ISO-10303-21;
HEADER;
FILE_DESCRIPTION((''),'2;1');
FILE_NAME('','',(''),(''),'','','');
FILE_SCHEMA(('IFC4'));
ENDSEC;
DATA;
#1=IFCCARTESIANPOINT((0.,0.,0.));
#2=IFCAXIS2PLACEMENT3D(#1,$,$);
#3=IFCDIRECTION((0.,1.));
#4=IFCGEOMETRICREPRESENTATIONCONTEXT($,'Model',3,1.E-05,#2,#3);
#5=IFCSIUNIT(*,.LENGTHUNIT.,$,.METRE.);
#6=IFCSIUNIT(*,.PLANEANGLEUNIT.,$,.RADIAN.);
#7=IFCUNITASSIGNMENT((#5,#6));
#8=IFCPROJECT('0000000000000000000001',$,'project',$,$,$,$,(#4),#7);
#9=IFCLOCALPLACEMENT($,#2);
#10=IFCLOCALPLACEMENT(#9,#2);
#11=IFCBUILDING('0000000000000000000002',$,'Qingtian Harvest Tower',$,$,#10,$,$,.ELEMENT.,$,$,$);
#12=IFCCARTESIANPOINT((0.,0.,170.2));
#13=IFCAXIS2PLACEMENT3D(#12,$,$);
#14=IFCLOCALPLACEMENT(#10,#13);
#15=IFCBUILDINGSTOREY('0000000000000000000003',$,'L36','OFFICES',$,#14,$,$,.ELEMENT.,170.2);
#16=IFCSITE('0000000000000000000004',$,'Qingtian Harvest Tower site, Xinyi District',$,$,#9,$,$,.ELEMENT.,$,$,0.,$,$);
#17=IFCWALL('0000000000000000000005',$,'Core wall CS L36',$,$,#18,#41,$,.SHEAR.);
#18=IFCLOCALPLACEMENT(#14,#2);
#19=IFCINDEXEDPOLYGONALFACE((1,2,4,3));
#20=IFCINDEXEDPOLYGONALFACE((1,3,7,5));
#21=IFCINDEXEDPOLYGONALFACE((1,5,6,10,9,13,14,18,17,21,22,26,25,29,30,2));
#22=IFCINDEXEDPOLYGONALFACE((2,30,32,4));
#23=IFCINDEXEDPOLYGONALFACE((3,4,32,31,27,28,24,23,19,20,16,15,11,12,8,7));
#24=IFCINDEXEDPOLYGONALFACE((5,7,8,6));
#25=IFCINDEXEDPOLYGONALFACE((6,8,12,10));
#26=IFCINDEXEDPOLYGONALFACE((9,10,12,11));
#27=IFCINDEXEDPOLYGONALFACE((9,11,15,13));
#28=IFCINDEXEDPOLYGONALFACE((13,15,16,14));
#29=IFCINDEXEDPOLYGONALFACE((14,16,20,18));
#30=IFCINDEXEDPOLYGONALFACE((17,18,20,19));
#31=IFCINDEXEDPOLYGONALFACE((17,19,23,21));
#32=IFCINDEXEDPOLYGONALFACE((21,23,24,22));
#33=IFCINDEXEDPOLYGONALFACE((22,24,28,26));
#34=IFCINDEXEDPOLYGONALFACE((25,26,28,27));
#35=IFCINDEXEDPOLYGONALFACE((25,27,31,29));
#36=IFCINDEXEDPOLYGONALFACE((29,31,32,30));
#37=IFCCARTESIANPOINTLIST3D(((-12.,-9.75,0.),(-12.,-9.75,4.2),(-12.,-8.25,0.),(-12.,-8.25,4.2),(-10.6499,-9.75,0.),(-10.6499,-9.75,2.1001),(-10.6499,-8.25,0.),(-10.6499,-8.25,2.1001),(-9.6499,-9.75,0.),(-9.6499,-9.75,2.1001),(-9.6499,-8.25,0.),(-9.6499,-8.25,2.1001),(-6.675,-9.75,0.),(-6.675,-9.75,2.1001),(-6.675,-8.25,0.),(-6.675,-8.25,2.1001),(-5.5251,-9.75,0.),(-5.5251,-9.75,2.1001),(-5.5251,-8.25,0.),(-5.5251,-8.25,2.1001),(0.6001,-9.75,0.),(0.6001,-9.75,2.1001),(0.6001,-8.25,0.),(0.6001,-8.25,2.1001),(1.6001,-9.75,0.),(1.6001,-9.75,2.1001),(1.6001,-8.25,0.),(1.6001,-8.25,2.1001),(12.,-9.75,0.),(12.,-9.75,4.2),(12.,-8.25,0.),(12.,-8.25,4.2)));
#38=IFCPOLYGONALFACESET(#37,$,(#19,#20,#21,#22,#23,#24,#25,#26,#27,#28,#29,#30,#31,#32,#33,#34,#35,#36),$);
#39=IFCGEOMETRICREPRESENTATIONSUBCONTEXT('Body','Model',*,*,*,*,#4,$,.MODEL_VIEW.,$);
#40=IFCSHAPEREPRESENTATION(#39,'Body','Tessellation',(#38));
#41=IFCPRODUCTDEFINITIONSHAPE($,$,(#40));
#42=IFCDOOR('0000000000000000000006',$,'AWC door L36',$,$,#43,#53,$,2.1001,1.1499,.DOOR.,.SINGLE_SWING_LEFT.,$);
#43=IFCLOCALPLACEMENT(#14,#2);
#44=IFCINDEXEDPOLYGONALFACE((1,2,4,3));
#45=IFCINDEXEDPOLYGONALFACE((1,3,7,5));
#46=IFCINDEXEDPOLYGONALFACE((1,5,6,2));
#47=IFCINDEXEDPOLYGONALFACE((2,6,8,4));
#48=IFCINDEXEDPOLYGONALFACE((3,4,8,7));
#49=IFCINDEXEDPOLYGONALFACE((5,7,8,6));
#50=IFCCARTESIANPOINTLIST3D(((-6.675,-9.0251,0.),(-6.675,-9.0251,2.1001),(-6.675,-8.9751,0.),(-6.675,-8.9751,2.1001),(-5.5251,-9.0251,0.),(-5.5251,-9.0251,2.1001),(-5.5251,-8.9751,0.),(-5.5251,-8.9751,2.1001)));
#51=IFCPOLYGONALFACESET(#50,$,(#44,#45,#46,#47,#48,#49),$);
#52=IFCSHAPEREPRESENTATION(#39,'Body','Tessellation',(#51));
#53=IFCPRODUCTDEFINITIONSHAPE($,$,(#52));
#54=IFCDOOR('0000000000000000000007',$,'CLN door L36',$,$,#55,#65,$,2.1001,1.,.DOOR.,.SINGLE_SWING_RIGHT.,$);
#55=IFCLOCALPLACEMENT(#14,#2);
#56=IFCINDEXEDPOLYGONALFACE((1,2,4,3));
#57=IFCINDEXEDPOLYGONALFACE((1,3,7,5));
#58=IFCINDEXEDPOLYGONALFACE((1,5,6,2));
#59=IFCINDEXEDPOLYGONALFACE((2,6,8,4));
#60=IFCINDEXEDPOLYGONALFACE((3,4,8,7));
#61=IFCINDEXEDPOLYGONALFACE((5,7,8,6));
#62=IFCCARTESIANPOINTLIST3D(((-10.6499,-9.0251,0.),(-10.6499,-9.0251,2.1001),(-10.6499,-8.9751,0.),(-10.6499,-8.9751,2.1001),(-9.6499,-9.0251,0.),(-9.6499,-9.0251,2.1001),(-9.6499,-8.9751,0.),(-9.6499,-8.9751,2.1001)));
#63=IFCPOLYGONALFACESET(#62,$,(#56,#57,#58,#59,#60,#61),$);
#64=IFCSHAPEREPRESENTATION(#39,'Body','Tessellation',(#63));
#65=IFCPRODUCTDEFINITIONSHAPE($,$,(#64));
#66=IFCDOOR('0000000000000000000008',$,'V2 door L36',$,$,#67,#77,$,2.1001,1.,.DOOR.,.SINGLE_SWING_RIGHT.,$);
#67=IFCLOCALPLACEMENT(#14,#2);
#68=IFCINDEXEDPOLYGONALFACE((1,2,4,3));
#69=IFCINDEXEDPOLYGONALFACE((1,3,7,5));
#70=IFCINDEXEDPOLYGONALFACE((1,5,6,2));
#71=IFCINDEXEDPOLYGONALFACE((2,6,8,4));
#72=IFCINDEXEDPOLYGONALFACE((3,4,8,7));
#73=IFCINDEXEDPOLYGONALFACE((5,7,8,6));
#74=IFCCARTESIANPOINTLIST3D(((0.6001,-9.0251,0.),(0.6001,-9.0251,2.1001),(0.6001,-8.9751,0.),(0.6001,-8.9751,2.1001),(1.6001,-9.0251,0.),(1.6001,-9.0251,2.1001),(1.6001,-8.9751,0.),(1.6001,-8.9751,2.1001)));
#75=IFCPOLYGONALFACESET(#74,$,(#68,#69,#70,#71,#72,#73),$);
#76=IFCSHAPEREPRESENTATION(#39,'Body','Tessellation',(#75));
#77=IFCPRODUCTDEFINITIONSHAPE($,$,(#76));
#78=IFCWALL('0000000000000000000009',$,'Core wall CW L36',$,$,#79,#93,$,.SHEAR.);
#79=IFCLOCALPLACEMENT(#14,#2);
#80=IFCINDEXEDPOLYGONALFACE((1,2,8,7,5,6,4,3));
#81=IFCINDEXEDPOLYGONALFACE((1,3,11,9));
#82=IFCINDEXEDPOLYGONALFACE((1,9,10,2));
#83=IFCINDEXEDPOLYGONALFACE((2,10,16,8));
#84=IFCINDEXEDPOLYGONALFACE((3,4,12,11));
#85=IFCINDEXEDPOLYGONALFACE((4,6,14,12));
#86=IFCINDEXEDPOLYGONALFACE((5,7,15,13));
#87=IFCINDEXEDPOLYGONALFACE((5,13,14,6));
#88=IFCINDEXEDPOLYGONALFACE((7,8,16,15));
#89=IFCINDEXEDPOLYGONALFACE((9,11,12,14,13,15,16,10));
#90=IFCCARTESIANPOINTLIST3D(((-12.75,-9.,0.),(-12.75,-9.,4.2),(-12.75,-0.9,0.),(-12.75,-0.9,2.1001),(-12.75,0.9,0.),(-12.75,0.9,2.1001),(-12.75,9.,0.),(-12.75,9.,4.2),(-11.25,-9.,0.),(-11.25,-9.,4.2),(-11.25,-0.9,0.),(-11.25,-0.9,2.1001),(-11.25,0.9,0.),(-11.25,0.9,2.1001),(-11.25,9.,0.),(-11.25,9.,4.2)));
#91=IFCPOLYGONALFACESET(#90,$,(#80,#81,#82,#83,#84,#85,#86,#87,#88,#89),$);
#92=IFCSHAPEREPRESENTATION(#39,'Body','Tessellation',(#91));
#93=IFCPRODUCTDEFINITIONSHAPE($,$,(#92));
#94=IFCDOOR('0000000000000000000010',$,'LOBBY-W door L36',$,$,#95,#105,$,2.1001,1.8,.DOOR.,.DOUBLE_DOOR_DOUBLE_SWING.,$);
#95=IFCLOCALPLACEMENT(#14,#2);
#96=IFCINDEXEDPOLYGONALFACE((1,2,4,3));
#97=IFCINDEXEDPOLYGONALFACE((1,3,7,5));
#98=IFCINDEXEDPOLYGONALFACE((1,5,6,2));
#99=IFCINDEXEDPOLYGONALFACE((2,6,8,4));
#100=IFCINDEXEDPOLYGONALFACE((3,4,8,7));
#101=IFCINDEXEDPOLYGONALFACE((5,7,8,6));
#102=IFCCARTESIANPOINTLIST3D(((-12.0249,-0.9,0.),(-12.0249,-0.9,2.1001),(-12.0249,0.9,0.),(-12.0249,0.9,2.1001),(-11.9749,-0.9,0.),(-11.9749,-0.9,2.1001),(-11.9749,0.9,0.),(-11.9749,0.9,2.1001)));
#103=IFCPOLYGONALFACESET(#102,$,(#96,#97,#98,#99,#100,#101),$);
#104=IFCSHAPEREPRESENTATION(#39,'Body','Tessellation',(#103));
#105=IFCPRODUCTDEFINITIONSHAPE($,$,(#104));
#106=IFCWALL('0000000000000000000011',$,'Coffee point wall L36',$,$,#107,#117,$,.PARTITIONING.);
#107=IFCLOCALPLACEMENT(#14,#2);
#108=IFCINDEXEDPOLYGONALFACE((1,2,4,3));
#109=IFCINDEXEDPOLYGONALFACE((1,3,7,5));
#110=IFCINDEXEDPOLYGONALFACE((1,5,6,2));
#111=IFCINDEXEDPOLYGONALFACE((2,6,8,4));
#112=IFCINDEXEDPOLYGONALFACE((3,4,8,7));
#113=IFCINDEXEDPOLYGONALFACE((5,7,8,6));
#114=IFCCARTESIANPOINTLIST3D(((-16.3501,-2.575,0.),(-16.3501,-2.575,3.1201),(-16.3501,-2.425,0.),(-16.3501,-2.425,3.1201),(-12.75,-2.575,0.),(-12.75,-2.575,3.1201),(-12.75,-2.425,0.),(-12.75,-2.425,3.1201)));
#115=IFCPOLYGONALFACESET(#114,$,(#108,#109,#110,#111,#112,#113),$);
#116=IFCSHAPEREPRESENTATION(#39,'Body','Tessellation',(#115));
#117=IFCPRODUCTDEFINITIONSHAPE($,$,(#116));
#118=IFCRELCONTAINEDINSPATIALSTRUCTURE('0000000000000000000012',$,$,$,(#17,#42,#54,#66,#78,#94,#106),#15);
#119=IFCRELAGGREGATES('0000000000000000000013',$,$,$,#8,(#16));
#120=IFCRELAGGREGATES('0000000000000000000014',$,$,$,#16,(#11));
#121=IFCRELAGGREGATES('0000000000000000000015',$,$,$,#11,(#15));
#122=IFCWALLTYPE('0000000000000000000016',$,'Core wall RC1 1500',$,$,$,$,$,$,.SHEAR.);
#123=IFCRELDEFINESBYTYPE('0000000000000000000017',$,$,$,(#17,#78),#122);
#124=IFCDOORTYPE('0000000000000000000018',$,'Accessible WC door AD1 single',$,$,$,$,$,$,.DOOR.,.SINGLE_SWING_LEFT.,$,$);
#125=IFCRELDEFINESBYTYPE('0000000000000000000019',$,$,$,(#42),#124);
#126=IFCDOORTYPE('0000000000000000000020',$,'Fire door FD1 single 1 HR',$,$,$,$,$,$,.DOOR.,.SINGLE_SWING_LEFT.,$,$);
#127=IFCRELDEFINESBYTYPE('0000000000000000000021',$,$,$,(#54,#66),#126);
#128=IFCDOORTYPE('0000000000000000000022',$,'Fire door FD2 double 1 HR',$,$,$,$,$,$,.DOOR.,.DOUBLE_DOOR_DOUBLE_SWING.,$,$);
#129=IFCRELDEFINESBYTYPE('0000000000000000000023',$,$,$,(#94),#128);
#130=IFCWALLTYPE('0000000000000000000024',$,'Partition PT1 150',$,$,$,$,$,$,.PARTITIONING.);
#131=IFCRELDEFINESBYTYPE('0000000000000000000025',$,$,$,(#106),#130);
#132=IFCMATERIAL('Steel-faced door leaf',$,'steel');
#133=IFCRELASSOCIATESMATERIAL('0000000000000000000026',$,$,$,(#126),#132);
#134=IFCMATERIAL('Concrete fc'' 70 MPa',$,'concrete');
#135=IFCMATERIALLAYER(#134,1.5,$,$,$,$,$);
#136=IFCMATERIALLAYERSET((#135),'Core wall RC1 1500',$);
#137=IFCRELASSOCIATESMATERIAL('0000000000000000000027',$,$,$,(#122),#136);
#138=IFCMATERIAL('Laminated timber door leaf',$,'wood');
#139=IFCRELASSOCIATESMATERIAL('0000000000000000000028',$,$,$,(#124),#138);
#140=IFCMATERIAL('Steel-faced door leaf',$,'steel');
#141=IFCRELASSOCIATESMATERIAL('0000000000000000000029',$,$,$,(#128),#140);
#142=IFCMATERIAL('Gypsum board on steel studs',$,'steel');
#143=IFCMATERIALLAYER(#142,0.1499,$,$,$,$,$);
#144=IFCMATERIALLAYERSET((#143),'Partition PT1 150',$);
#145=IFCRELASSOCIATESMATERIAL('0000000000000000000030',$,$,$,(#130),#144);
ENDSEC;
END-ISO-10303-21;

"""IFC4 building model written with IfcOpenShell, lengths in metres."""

from ifc_helpers import new_model, si_unit, direction, frame, frame_2d, origin, place, context, subcontext, project, spatial, rectangle, extrude, material, layer, layer_set, type_object, element, fill, save


model = new_model("IFC4")

# Units and contexts
model_context = context("Model", 3, precision=1e-05, world=origin(), true_north=direction((0.0, 1.0)))
body_context = subcontext(model_context, "Body", "Model", "MODEL_VIEW")
ifc_project = project(units=[si_unit("LENGTHUNIT", "METRE"), si_unit("PLANEANGLEUNIT", "RADIAN")], contexts=[model_context])

# Site, building, storey
site_placement = place(None, origin())
site = spatial("IfcSite", under=ifc_project, at=site_placement, Name="Qingtian Harvest Tower site, Xinyi District", CompositionType="ELEMENT", RefElevation=0.0)
building_placement = place(site_placement, origin())
building = spatial("IfcBuilding", under=site, at=building_placement, Name="Qingtian Harvest Tower", CompositionType="ELEMENT")
storey_placement = place(building_placement, frame((0.0, 0.0, 170.2)))
storey = spatial("IfcBuildingStorey", under=building, at=storey_placement, Name="L36", Description="OFFICES", CompositionType="ELEMENT", Elevation=170.2)

# Shared definitions
ifc_material_1 = material(Name="Steel-faced door leaf", Category="steel")
door_type_1 = type_object("IfcDoorType", Name="Fire door FD1 single 1 HR", OperationType="SINGLE_SWING_LEFT", PredefinedType="DOOR", material=ifc_material_1)

# Wall, openings, doors
ifc_material_2 = material(Name="Concrete fc' 70 MPa", Category="concrete")
ifc_layer_1 = layer(ifc_material_2, 1.5)
ifc_layer_set_1 = layer_set([ifc_layer_1], Name="Core wall RC1 1500")
wall_type_1 = type_object("IfcWallType", Name="Core wall RC1 1500", PredefinedType="SHEAR", material=ifc_layer_set_1)
wall_1_placement = place(storey_placement, frame((-12.0, -9.0, 0.0), z_axis=(0.0, 0.0, 1.0), x_axis=(1.0, 0.0, 0.0)))
wall_1 = element("IfcWall", 1, at=wall_1_placement, inside=storey, type_object=wall_type_1, Name="Core wall CS L36", PredefinedType="SHEAR", context=body_context, shape_type="SweptSolid", body=[
    extrude(rectangle(XDim=24.0, YDim=1.5, at=frame_2d((12.0, 0.0))), origin(), (0.0, 0.0, 1.0), 4.2),
])
opening_1_placement = place(wall_1_placement, frame((1.3501, 0.0, 0.0)))
opening_1 = element("IfcOpeningElement", 2, at=opening_1_placement, cuts=wall_1, PredefinedType="OPENING", context=body_context, shape_type="SweptSolid", body=[
    extrude(rectangle(XDim=1.0, YDim=2.1001, at=frame_2d((0.5, 1.05))), frame((0.0, 0.76, 0.0), z_axis=(0.0, -1.0, 0.0), x_axis=(1.0, 0.0, 0.0)), (0.0, 0.0, 1.0), 1.52),
])
opening_2_placement = place(wall_1_placement, frame((5.325, 0.0, 0.0)))
opening_2 = element("IfcOpeningElement", 3, at=opening_2_placement, cuts=wall_1, PredefinedType="OPENING", context=body_context, shape_type="SweptSolid", body=[
    extrude(rectangle(XDim=1.1499, YDim=2.1001, at=frame_2d((0.575, 1.05))), frame((0.0, 0.76, 0.0), z_axis=(0.0, -1.0, 0.0), x_axis=(1.0, 0.0, 0.0)), (0.0, 0.0, 1.0), 1.52),
])
opening_3_placement = place(wall_1_placement, frame((12.6001, 0.0, 0.0)))
opening_3 = element("IfcOpeningElement", 4, at=opening_3_placement, cuts=wall_1, PredefinedType="OPENING", context=body_context, shape_type="SweptSolid", body=[
    extrude(rectangle(XDim=1.0, YDim=2.1001, at=frame_2d((0.5, 1.05))), frame((0.0, 0.76, 0.0), z_axis=(0.0, -1.0, 0.0), x_axis=(1.0, 0.0, 0.0)), (0.0, 0.0, 1.0), 1.52),
])
ifc_material_3 = material(Name="Laminated timber door leaf", Category="wood")
door_type_2 = type_object("IfcDoorType", Name="Accessible WC door AD1 single", OperationType="SINGLE_SWING_LEFT", PredefinedType="DOOR", material=ifc_material_3)
door_1_placement = place(opening_2_placement, origin())
door_1 = element("IfcDoor", 5, at=door_1_placement, inside=storey, type_object=door_type_2, Name="AWC door L36", OperationType="SINGLE_SWING_LEFT", OverallHeight=2.1001, OverallWidth=1.1499, PredefinedType="DOOR", context=body_context, shape_type="SweptSolid", body=[
    extrude(rectangle(XDim=1.1499, YDim=2.1001, at=frame_2d((0.575, 1.05))), frame((0.0, 0.0249, 0.0), z_axis=(0.0, -1.0, 0.0), x_axis=(1.0, 0.0, 0.0)), (0.0, 0.0, 1.0), 0.05),
])
fill(opening_2, door_1)
door_2_placement = place(opening_1_placement, origin())
door_2 = element("IfcDoor", 6, at=door_2_placement, inside=storey, type_object=door_type_1, Name="CLN door L36", OperationType="SINGLE_SWING_RIGHT", OverallHeight=2.1001, OverallWidth=1.0, PredefinedType="DOOR", context=body_context, shape_type="SweptSolid", body=[
    extrude(rectangle(XDim=1.0, YDim=2.1001, at=frame_2d((0.5, 1.05))), frame((0.0, 0.0249, 0.0), z_axis=(0.0, -1.0, 0.0), x_axis=(1.0, 0.0, 0.0)), (0.0, 0.0, 1.0), 0.05),
])
fill(opening_1, door_2)
door_3_placement = place(opening_3_placement, origin())
door_3 = element("IfcDoor", 7, at=door_3_placement, inside=storey, type_object=door_type_1, Name="V2 door L36", OperationType="SINGLE_SWING_RIGHT", OverallHeight=2.1001, OverallWidth=1.0, PredefinedType="DOOR", context=body_context, shape_type="SweptSolid", body=[
    extrude(rectangle(XDim=1.0, YDim=2.1001, at=frame_2d((0.5, 1.05))), frame((0.0, 0.0249, 0.0), z_axis=(0.0, -1.0, 0.0), x_axis=(1.0, 0.0, 0.0)), (0.0, 0.0, 1.0), 0.05),
])
fill(opening_3, door_3)

# Wall, opening, door
wall_2_placement = place(storey_placement, frame((-12.0, -9.0, 0.0), z_axis=(0.0, 0.0, 1.0), x_axis=(0.0, 1.0, 0.0)))
wall_2 = element("IfcWall", 8, at=wall_2_placement, inside=storey, type_object=wall_type_1, Name="Core wall CW L36", PredefinedType="SHEAR", context=body_context, shape_type="SweptSolid", body=[
    extrude(rectangle(XDim=18.0, YDim=1.5, at=frame_2d((9.0, 0.0))), origin(), (0.0, 0.0, 1.0), 4.2),
])
opening_4_placement = place(wall_2_placement, frame((8.1001, 0.0, 0.0)))
opening_4 = element("IfcOpeningElement", 9, at=opening_4_placement, cuts=wall_2, PredefinedType="OPENING", context=body_context, shape_type="SweptSolid", body=[
    extrude(rectangle(XDim=1.8, YDim=2.1001, at=frame_2d((0.8999, 1.05))), frame((0.0, 0.76, 0.0), z_axis=(0.0, -1.0, 0.0), x_axis=(1.0, 0.0, 0.0)), (0.0, 0.0, 1.0), 1.52),
])
ifc_material_4 = material(Name="Steel-faced door leaf", Category="steel")
door_type_3 = type_object("IfcDoorType", Name="Fire door FD2 double 1 HR", OperationType="DOUBLE_DOOR_DOUBLE_SWING", PredefinedType="DOOR", material=ifc_material_4)
door_4_placement = place(opening_4_placement, origin())
door_4 = element("IfcDoor", 10, at=door_4_placement, inside=storey, type_object=door_type_3, Name="LOBBY-W door L36", OperationType="DOUBLE_DOOR_DOUBLE_SWING", OverallHeight=2.1001, OverallWidth=1.8, PredefinedType="DOOR", context=body_context, shape_type="SweptSolid", body=[
    extrude(rectangle(XDim=1.8, YDim=2.1001, at=frame_2d((0.8999, 1.05))), frame((0.0, 0.0249, 0.0), z_axis=(0.0, -1.0, 0.0), x_axis=(1.0, 0.0, 0.0)), (0.0, 0.0, 1.0), 0.05),
])
fill(opening_4, door_4)
ifc_material_5 = material(Name="Gypsum board on steel studs", Category="steel")
ifc_layer_2 = layer(ifc_material_5, 0.1499)
ifc_layer_set_2 = layer_set([ifc_layer_2], Name="Partition PT1 150")
wall_type_2 = type_object("IfcWallType", Name="Partition PT1 150", PredefinedType="PARTITIONING", material=ifc_layer_set_2)

# Wall
wall_3_placement = place(storey_placement, frame((-12.75, -2.5, 0.0), z_axis=(0.0, 0.0, 1.0), x_axis=(-1.0, 0.0, 0.0)))
element("IfcWall", 11, at=wall_3_placement, inside=storey, type_object=wall_type_2, Name="Coffee point wall L36", PredefinedType="PARTITIONING", context=body_context, shape_type="SweptSolid", body=[
    extrude(rectangle(XDim=3.6001, YDim=0.1499, at=frame_2d((1.8, 0.0))), origin(), (0.0, 0.0, 1.0), 3.1201),
])

save(model, "model.ifc")
